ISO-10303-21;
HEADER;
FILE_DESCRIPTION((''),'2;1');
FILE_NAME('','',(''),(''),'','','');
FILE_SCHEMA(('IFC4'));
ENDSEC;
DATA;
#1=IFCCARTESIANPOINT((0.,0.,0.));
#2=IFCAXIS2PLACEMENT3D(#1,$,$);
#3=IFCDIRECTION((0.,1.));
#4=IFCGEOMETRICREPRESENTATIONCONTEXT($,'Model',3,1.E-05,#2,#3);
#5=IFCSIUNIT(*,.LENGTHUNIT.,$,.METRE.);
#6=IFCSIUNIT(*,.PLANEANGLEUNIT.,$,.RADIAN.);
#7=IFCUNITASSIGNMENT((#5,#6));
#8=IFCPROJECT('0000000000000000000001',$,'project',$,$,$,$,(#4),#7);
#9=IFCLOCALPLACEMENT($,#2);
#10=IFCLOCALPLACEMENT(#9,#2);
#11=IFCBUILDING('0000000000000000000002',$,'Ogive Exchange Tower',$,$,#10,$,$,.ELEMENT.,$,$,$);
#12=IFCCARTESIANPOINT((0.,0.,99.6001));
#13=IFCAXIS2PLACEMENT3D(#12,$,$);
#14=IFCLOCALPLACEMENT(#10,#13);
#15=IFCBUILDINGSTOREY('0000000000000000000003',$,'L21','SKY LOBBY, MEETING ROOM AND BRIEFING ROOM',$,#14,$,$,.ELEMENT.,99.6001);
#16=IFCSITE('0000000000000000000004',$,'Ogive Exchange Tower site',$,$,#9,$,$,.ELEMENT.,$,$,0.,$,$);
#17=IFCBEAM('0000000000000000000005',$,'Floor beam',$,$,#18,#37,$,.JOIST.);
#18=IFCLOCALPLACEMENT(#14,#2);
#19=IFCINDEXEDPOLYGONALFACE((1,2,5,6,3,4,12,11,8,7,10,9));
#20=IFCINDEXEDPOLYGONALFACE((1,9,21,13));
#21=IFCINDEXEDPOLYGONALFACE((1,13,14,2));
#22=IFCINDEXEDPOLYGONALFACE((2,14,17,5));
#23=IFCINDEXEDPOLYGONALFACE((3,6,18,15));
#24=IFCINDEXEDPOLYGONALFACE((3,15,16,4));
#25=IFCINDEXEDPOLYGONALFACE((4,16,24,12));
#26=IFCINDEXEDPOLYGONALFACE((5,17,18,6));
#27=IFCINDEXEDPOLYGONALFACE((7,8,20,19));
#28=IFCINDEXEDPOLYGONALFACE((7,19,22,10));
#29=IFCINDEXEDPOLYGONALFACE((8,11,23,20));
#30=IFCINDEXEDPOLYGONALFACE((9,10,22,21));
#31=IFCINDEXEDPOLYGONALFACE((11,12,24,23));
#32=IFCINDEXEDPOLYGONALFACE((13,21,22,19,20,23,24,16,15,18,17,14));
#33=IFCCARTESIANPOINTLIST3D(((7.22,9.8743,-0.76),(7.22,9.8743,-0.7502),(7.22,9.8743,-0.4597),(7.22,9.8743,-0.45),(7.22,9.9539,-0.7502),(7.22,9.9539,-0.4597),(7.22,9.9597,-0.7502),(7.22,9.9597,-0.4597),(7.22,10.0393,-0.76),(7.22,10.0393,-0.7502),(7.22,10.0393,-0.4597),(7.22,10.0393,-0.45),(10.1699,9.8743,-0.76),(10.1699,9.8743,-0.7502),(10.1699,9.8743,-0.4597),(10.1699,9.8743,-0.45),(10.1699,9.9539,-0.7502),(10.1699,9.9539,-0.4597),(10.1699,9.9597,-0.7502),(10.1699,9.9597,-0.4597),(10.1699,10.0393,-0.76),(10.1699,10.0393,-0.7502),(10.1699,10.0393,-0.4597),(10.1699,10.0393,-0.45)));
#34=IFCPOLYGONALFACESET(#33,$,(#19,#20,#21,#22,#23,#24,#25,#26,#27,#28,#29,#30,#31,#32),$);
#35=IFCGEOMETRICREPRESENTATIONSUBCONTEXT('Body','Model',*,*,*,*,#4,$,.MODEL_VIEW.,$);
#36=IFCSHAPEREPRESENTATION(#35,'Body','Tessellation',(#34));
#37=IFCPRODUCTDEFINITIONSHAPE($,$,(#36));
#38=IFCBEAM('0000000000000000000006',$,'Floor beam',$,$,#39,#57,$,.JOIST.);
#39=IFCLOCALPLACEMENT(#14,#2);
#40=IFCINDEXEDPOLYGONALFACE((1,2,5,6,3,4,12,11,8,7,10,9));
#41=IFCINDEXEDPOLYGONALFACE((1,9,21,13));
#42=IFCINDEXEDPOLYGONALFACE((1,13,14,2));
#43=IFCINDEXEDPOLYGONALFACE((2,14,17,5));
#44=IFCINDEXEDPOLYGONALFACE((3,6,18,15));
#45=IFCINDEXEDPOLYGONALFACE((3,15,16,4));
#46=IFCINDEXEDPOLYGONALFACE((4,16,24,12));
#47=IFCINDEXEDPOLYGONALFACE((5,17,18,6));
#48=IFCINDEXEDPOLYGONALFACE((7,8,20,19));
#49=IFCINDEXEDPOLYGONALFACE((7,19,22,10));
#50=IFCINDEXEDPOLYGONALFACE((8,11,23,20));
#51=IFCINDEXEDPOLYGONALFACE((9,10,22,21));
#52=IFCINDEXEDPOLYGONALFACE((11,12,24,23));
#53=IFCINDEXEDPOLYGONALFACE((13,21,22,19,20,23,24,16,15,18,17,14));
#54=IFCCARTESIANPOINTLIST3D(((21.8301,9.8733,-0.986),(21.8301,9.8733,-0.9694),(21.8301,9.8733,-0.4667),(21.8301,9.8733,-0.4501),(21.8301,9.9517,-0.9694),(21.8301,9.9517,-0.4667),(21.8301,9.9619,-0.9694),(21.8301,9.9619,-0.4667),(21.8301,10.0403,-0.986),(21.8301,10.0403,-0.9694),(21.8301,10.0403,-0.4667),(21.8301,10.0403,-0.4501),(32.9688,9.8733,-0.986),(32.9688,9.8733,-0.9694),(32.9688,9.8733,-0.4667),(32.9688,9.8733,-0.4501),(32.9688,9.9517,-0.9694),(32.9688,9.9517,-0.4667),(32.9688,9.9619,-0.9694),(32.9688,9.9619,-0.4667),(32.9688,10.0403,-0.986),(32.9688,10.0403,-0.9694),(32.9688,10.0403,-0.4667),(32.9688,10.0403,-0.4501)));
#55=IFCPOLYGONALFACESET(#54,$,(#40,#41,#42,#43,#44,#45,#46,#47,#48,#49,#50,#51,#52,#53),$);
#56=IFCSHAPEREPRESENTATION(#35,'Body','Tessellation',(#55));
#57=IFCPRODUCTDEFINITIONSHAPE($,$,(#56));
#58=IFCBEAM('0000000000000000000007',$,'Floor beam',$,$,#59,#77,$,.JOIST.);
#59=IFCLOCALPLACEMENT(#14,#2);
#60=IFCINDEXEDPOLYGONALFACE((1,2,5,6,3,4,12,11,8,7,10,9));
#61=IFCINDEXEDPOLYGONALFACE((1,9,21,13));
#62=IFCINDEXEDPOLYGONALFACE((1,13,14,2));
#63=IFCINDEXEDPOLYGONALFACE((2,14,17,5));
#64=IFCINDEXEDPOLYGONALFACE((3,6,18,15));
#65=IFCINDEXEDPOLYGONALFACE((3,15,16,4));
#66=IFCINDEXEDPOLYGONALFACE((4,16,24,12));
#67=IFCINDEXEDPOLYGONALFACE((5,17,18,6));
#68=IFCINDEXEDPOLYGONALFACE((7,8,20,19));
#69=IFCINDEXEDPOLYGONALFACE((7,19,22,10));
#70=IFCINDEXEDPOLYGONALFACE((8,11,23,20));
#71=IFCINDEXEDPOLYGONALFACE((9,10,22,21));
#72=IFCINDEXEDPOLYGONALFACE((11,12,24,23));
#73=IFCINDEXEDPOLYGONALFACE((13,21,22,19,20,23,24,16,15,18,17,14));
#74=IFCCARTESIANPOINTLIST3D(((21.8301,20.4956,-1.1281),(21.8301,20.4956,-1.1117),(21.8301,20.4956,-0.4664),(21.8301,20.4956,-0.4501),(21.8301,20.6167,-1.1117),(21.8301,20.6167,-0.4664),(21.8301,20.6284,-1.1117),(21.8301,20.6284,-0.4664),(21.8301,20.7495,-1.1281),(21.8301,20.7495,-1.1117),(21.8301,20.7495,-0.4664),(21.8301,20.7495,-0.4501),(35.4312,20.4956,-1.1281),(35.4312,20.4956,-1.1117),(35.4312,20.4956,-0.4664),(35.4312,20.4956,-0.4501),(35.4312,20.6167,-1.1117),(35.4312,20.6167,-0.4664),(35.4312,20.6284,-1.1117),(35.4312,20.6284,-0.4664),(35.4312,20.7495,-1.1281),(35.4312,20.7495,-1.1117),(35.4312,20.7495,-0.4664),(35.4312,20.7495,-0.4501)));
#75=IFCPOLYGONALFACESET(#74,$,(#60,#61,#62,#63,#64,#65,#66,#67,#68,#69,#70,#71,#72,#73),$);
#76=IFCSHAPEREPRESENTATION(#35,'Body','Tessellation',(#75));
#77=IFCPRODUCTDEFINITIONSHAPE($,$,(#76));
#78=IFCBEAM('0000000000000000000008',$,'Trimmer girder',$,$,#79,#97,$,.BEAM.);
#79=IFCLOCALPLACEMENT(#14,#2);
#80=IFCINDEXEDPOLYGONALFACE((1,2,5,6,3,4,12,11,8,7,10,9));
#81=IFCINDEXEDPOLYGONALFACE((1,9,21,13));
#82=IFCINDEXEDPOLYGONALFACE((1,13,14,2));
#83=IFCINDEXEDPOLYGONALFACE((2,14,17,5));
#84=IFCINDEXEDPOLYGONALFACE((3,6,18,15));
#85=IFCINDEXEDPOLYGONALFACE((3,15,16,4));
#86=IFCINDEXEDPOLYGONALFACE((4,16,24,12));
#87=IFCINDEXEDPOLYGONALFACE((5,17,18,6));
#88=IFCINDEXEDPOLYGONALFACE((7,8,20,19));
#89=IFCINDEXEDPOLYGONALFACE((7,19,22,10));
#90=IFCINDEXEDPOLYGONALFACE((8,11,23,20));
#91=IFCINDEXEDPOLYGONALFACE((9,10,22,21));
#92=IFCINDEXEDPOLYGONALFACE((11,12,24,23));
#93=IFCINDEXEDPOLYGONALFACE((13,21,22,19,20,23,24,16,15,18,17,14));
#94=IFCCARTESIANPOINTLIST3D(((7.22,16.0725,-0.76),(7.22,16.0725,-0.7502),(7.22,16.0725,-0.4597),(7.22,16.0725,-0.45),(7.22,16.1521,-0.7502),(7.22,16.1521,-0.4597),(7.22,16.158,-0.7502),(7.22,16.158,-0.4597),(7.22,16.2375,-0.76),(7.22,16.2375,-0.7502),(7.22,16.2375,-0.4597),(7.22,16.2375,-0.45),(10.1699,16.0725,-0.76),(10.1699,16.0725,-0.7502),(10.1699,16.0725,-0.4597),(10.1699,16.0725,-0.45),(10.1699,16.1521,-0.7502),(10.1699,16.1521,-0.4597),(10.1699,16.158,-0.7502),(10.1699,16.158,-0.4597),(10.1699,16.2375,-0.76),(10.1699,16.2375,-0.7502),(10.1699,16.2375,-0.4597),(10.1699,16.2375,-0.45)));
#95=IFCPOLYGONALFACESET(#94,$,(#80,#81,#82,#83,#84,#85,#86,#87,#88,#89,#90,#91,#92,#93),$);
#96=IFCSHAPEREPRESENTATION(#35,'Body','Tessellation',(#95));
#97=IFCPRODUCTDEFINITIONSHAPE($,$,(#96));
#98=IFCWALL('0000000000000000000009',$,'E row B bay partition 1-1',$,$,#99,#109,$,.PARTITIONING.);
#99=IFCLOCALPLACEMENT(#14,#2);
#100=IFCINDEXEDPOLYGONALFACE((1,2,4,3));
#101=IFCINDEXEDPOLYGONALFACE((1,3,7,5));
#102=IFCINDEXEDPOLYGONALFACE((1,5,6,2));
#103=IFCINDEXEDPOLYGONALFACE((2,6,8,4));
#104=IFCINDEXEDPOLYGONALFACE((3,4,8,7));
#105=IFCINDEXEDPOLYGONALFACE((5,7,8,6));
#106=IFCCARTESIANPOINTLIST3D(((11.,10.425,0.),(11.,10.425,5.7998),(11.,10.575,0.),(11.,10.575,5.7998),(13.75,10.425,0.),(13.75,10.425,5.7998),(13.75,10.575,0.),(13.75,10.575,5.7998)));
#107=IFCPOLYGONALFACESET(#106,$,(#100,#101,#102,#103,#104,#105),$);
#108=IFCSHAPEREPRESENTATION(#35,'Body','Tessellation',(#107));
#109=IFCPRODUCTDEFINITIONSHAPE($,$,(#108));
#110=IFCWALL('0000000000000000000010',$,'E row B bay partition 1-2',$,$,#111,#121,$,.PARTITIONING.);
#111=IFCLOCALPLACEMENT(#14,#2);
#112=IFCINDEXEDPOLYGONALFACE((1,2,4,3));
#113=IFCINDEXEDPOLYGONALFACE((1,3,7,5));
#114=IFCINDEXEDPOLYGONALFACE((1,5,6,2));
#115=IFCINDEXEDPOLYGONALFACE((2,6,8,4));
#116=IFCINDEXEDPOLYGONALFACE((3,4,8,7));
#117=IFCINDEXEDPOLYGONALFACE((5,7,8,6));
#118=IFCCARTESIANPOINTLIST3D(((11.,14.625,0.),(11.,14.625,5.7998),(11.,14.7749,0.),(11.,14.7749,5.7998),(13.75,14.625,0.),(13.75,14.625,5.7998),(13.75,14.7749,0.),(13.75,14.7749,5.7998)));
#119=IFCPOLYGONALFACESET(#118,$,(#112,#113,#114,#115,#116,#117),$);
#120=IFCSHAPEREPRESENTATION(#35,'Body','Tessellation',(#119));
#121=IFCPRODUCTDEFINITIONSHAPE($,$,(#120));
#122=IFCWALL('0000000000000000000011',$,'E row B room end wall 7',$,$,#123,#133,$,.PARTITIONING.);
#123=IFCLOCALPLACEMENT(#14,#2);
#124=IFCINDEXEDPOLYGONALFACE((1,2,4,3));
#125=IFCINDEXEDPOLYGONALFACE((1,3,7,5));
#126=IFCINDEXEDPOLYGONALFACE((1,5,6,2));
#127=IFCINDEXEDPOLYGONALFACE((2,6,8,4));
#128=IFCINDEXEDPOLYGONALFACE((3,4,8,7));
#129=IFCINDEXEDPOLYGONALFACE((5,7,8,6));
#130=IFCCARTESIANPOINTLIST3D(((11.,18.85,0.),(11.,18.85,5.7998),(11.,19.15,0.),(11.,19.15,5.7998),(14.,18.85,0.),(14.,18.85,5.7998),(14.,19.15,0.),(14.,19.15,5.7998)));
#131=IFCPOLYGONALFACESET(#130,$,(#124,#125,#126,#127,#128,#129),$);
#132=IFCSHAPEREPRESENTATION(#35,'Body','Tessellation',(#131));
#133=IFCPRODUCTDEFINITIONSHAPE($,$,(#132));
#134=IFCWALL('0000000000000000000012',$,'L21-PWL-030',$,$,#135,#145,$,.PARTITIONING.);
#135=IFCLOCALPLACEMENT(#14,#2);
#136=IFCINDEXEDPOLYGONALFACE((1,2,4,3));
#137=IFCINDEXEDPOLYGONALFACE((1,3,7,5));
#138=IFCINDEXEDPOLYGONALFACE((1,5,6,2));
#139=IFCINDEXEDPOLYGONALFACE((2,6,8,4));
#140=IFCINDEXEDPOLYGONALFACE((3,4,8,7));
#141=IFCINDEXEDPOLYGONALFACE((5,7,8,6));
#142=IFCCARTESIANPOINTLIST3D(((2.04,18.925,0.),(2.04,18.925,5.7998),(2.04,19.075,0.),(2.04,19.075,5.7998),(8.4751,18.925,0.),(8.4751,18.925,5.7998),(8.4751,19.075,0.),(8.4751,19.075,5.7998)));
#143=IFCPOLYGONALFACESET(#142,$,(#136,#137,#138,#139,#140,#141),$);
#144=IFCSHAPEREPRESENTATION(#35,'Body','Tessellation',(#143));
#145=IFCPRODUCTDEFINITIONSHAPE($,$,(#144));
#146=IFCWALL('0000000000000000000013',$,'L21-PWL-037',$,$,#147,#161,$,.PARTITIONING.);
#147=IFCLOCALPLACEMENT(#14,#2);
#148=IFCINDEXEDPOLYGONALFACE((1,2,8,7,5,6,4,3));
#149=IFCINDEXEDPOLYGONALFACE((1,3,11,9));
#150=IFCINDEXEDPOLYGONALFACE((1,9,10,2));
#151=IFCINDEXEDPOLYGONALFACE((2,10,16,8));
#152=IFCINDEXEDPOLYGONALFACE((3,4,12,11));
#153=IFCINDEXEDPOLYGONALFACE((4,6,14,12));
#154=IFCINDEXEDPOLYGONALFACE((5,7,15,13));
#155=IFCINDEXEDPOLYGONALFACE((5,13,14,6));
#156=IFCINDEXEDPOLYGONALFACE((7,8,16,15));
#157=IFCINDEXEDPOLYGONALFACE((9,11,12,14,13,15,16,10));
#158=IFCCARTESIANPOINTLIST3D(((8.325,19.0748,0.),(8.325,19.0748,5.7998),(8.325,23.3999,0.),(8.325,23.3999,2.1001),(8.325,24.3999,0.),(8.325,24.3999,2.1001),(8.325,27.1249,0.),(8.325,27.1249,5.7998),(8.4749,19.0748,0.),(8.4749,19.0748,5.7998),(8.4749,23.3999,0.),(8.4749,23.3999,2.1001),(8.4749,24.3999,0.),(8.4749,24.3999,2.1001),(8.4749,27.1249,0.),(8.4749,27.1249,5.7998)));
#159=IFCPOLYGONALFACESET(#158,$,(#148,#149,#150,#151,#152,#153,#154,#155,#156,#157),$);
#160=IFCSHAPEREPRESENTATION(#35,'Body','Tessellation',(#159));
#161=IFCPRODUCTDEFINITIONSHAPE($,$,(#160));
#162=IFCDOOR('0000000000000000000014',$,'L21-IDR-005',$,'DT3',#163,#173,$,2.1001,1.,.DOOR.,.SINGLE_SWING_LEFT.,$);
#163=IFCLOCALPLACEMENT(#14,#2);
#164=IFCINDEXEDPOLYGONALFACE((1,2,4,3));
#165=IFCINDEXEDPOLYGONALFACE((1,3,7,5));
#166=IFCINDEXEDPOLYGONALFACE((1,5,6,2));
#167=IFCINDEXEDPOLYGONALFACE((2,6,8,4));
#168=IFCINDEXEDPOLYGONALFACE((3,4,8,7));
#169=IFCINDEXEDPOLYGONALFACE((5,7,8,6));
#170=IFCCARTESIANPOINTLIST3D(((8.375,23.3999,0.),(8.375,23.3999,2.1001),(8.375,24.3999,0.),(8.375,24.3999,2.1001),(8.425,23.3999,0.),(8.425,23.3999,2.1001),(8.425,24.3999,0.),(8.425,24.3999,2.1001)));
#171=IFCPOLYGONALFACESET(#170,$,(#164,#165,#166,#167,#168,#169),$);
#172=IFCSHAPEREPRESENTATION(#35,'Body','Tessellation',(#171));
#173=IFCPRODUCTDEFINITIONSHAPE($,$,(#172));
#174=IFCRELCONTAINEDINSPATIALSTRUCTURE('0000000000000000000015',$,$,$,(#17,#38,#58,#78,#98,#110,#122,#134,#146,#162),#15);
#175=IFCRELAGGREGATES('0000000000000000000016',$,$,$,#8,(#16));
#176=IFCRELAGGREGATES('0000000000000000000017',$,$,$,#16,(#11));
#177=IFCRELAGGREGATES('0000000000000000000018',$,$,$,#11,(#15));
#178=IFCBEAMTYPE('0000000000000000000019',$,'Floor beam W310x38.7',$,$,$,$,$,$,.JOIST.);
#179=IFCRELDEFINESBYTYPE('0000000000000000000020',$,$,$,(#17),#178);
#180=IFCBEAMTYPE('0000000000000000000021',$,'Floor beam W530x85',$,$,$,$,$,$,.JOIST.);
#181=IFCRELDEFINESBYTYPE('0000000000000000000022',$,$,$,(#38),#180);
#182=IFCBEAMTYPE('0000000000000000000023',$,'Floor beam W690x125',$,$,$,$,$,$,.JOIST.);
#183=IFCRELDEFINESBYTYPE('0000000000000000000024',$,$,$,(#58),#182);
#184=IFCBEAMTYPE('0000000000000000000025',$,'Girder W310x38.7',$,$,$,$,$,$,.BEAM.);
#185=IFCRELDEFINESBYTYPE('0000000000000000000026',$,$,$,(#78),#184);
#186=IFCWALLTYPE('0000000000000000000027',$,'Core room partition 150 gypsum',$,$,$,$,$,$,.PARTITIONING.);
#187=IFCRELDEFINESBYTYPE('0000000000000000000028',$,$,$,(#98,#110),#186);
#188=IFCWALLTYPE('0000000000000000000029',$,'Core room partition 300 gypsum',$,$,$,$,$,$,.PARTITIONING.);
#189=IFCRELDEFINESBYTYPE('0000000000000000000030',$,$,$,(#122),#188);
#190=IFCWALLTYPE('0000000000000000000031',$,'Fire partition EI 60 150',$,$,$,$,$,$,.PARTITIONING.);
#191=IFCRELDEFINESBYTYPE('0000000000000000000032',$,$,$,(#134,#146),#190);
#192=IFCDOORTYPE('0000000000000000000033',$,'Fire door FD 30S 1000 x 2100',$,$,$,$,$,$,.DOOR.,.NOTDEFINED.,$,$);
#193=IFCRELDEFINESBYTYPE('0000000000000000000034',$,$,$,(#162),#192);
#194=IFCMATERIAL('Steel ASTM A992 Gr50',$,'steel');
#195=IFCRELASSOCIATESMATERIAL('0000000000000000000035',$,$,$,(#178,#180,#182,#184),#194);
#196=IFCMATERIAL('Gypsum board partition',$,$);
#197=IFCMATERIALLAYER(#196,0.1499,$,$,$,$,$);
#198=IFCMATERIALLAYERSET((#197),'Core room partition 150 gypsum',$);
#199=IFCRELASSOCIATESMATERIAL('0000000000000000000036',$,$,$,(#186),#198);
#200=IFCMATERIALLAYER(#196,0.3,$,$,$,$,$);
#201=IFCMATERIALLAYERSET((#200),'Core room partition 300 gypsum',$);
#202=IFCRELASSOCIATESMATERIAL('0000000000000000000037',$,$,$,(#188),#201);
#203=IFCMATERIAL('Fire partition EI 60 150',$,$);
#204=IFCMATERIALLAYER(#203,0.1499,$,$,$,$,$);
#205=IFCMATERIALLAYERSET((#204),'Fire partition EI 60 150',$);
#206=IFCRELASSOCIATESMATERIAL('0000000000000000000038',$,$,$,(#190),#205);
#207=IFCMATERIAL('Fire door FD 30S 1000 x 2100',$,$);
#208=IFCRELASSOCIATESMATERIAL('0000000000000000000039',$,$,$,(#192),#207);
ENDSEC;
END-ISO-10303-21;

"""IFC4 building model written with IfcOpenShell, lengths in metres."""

from ifc_helpers import new_model, si_unit, direction, frame, frame_2d, origin, origin_2d, place, context, subcontext, project, spatial, rectangle, i_section, extrude, material, layer, layer_set, material_profile, profile_set, type_object, element, fill, save


model = new_model("IFC4")

# Units and contexts
model_context = context("Model", 3, precision=1e-05, world=origin(), true_north=direction((0.0, 1.0)))
body_context = subcontext(model_context, "Body", "Model", "MODEL_VIEW")
ifc_project = project(units=[si_unit("LENGTHUNIT", "METRE"), si_unit("PLANEANGLEUNIT", "RADIAN")], contexts=[model_context])

# Site, building, storey
site_placement = place(None, origin())
site = spatial("IfcSite", under=ifc_project, at=site_placement, Name="Ogive Exchange Tower site", CompositionType="ELEMENT", RefElevation=0.0)
building_placement = place(site_placement, origin())
building = spatial("IfcBuilding", under=site, at=building_placement, Name="Ogive Exchange Tower", CompositionType="ELEMENT")
storey_placement = place(building_placement, frame((0.0, 0.0, 99.6001)))
storey = spatial("IfcBuildingStorey", under=building, at=storey_placement, Name="L21", Description="SKY LOBBY, MEETING ROOM AND BRIEFING ROOM", CompositionType="ELEMENT", Elevation=99.6001)

# Beams
ifc_material_1 = material(Name="Steel ASTM A992 Gr50", Category="steel")
ifc_material_profile_1 = material_profile(ifc_material_1, i_section(OverallWidth=0.165, OverallDepth=0.3101, WebThickness=0.0059, FlangeThickness=0.0098, at=origin_2d()), Name="W310x38.7")
ifc_profile_set_1 = profile_set([ifc_material_profile_1], Name="Steel ASTM A992 Gr50")
beam_type_1 = type_object("IfcBeamType", Name="Floor beam W310x38.7", PredefinedType="JOIST", material=ifc_profile_set_1)
beam_1_placement = place(storey_placement, frame((7.22, 9.9568, -0.605), z_axis=(1.0, 0.0, 0.0), x_axis=(0.0, 1.0, 0.0)))
element("IfcBeam", 1, at=beam_1_placement, inside=storey, type_object=beam_type_1, Name="Floor beam", PredefinedType="JOIST", context=body_context, shape_type="SweptSolid", body=[
    extrude(i_section(OverallWidth=0.165, OverallDepth=0.3101, WebThickness=0.0059, FlangeThickness=0.0098, at=origin_2d()), origin(), (0.0, 0.0, 1.0), 2.95),
])
ifc_material_profile_2 = material_profile(ifc_material_1, i_section(OverallWidth=0.167, OverallDepth=0.5359, WebThickness=0.0103, FlangeThickness=0.0166, at=origin_2d()), Name="W530x85")
ifc_profile_set_2 = profile_set([ifc_material_profile_2], Name="Steel ASTM A992 Gr50")
beam_type_2 = type_object("IfcBeamType", Name="Floor beam W530x85", PredefinedType="JOIST", material=ifc_profile_set_2)
beam_2_placement = place(storey_placement, frame((21.8301, 9.9568, -0.718), z_axis=(1.0, 0.0, 0.0), x_axis=(0.0, 1.0, 0.0)))
element("IfcBeam", 2, at=beam_2_placement, inside=storey, type_object=beam_type_2, Name="Floor beam", PredefinedType="JOIST", context=body_context, shape_type="SweptSolid", body=[
    extrude(i_section(OverallWidth=0.167, OverallDepth=0.5359, WebThickness=0.0103, FlangeThickness=0.0166, at=origin_2d()), origin(), (0.0, 0.0, 1.0), 11.1387),
])
ifc_material_profile_3 = material_profile(ifc_material_1, i_section(OverallWidth=0.2539, OverallDepth=0.678, WebThickness=0.0117, FlangeThickness=0.0164, at=origin_2d()), Name="W690x125")
ifc_profile_set_3 = profile_set([ifc_material_profile_3], Name="Steel ASTM A992 Gr50")
beam_type_3 = type_object("IfcBeamType", Name="Floor beam W690x125", PredefinedType="JOIST", material=ifc_profile_set_3)
beam_3_placement = place(storey_placement, frame((21.8301, 20.6226, -0.7891), z_axis=(1.0, 0.0, 0.0), x_axis=(0.0, 1.0, 0.0)))
element("IfcBeam", 3, at=beam_3_placement, inside=storey, type_object=beam_type_3, Name="Floor beam", PredefinedType="JOIST", context=body_context, shape_type="SweptSolid", body=[
    extrude(i_section(OverallWidth=0.2539, OverallDepth=0.678, WebThickness=0.0117, FlangeThickness=0.0164, at=origin_2d()), origin(), (0.0, 0.0, 1.0), 13.6011),
])
ifc_material_profile_4 = material_profile(ifc_material_1, i_section(OverallWidth=0.165, OverallDepth=0.3101, WebThickness=0.0059, FlangeThickness=0.0098, at=origin_2d()), Name="W310x38.7")
ifc_profile_set_4 = profile_set([ifc_material_profile_4], Name="Steel ASTM A992 Gr50")
beam_type_4 = type_object("IfcBeamType", Name="Girder W310x38.7", PredefinedType="BEAM", material=ifc_profile_set_4)
beam_4_placement = place(storey_placement, frame((7.22, 16.155, -0.605), z_axis=(1.0, 0.0, 0.0), x_axis=(0.0, 1.0, 0.0)))
element("IfcBeam", 4, at=beam_4_placement, inside=storey, type_object=beam_type_4, Name="Trimmer girder", PredefinedType="BEAM", context=body_context, shape_type="SweptSolid", body=[
    extrude(i_section(OverallWidth=0.165, OverallDepth=0.3101, WebThickness=0.0059, FlangeThickness=0.0098, at=origin_2d()), origin(), (0.0, 0.0, 1.0), 2.95),
])

# Walls
ifc_material_2 = material(Name="Gypsum board partition")
ifc_layer_1 = layer(ifc_material_2, 0.1499)
ifc_layer_set_1 = layer_set([ifc_layer_1], Name="Core room partition 150 gypsum")
wall_type_1 = type_object("IfcWallType", Name="Core room partition 150 gypsum", PredefinedType="PARTITIONING", material=ifc_layer_set_1)
for number, where, z_axis, x_axis, name in (
    (5, (11.0, 10.5, 0.0), (0.0, 0.0, 1.0), (1.0, 0.0, 0.0), "E row B bay partition 1-1"),
    (6, (11.0, 14.7, 0.0), (0.0, 0.0, 1.0), (1.0, 0.0, 0.0), "E row B bay partition 1-2"),
):
    element("IfcWall", number, at=place(storey_placement, frame(where, z_axis=z_axis, x_axis=x_axis)), inside=storey, type_object=wall_type_1, Name=name, PredefinedType="PARTITIONING", context=body_context, shape_type="SweptSolid", body=[
        extrude(rectangle(XDim=2.75, YDim=0.1499, at=frame_2d((1.375, 0.0))), origin(), (0.0, 0.0, 1.0), 5.7998),
    ])
ifc_layer_2 = layer(ifc_material_2, 0.3)
ifc_layer_set_2 = layer_set([ifc_layer_2], Name="Core room partition 300 gypsum")
wall_type_2 = type_object("IfcWallType", Name="Core room partition 300 gypsum", PredefinedType="PARTITIONING", material=ifc_layer_set_2)
wall_1_placement = place(storey_placement, frame((11.0, 19.0, 0.0), z_axis=(0.0, 0.0, 1.0), x_axis=(1.0, 0.0, 0.0)))
element("IfcWall", 7, at=wall_1_placement, inside=storey, type_object=wall_type_2, Name="E row B room end wall 7", PredefinedType="PARTITIONING", context=body_context, shape_type="SweptSolid", body=[
    extrude(rectangle(XDim=3.0, YDim=0.3, at=frame_2d((1.5, 0.0))), origin(), (0.0, 0.0, 1.0), 5.7998),
])
ifc_material_3 = material(Name="Fire partition EI 60 150")
ifc_layer_3 = layer(ifc_material_3, 0.1499)
ifc_layer_set_3 = layer_set([ifc_layer_3], Name="Fire partition EI 60 150")
wall_type_3 = type_object("IfcWallType", Name="Fire partition EI 60 150", PredefinedType="PARTITIONING", material=ifc_layer_set_3)
wall_2_placement = place(storey_placement, frame((2.04, 19.0, 0.0), z_axis=(0.0, 0.0, 1.0), x_axis=(1.0, 0.0, 0.0)))
element("IfcWall", 8, at=wall_2_placement, inside=storey, type_object=wall_type_3, Name="L21-PWL-030", PredefinedType="PARTITIONING", context=body_context, shape_type="SweptSolid", body=[
    extrude(rectangle(XDim=6.4351, YDim=0.1499, at=frame_2d((3.2175, 0.0))), origin(), (0.0, 0.0, 1.0), 5.7998),
])

# Wall, opening, door
wall_3_placement = place(storey_placement, frame((8.3999, 19.075, 0.0), z_axis=(0.0, 0.0, 1.0), x_axis=(0.0, 1.0, 0.0)))
wall_3 = element("IfcWall", 9, at=wall_3_placement, inside=storey, type_object=wall_type_3, Name="L21-PWL-037", PredefinedType="PARTITIONING", context=body_context, shape_type="SweptSolid", body=[
    extrude(rectangle(XDim=8.05, YDim=0.1499, at=frame_2d((4.0249, 0.0))), origin(), (0.0, 0.0, 1.0), 5.7998),
])
opening_1_placement = place(wall_3_placement, frame((4.325, 0.0, 0.0)))
opening_1 = element("IfcOpeningElement", 10, at=opening_1_placement, cuts=wall_3, PredefinedType="OPENING", context=body_context, shape_type="SweptSolid", body=[
    extrude(rectangle(XDim=1.0, YDim=2.1001, at=frame_2d((0.5, 1.05))), frame((0.0, 0.085, 0.0), z_axis=(0.0, -1.0, 0.0), x_axis=(1.0, 0.0, 0.0)), (0.0, 0.0, 1.0), 0.1699),
])
ifc_material_4 = material(Name="Fire door FD 30S 1000 x 2100")
door_type_1 = type_object("IfcDoorType", Name="Fire door FD 30S 1000 x 2100", OperationType="NOTDEFINED", PredefinedType="DOOR", material=ifc_material_4)
door_1_placement = place(opening_1_placement, origin())
door_1 = element("IfcDoor", 11, at=door_1_placement, inside=storey, type_object=door_type_1, Name="L21-IDR-005", ObjectType="DT3", OperationType="SINGLE_SWING_LEFT", OverallHeight=2.1001, OverallWidth=1.0, PredefinedType="DOOR", context=body_context, shape_type="SweptSolid", body=[
    extrude(rectangle(XDim=1.0, YDim=2.1001, at=frame_2d((0.5, 1.05))), frame((0.0, 0.0249, 0.0), z_axis=(0.0, -1.0, 0.0), x_axis=(1.0, 0.0, 0.0)), (0.0, 0.0, 1.0), 0.05),
])
fill(opening_1, door_1)

save(model, "model.ifc")
